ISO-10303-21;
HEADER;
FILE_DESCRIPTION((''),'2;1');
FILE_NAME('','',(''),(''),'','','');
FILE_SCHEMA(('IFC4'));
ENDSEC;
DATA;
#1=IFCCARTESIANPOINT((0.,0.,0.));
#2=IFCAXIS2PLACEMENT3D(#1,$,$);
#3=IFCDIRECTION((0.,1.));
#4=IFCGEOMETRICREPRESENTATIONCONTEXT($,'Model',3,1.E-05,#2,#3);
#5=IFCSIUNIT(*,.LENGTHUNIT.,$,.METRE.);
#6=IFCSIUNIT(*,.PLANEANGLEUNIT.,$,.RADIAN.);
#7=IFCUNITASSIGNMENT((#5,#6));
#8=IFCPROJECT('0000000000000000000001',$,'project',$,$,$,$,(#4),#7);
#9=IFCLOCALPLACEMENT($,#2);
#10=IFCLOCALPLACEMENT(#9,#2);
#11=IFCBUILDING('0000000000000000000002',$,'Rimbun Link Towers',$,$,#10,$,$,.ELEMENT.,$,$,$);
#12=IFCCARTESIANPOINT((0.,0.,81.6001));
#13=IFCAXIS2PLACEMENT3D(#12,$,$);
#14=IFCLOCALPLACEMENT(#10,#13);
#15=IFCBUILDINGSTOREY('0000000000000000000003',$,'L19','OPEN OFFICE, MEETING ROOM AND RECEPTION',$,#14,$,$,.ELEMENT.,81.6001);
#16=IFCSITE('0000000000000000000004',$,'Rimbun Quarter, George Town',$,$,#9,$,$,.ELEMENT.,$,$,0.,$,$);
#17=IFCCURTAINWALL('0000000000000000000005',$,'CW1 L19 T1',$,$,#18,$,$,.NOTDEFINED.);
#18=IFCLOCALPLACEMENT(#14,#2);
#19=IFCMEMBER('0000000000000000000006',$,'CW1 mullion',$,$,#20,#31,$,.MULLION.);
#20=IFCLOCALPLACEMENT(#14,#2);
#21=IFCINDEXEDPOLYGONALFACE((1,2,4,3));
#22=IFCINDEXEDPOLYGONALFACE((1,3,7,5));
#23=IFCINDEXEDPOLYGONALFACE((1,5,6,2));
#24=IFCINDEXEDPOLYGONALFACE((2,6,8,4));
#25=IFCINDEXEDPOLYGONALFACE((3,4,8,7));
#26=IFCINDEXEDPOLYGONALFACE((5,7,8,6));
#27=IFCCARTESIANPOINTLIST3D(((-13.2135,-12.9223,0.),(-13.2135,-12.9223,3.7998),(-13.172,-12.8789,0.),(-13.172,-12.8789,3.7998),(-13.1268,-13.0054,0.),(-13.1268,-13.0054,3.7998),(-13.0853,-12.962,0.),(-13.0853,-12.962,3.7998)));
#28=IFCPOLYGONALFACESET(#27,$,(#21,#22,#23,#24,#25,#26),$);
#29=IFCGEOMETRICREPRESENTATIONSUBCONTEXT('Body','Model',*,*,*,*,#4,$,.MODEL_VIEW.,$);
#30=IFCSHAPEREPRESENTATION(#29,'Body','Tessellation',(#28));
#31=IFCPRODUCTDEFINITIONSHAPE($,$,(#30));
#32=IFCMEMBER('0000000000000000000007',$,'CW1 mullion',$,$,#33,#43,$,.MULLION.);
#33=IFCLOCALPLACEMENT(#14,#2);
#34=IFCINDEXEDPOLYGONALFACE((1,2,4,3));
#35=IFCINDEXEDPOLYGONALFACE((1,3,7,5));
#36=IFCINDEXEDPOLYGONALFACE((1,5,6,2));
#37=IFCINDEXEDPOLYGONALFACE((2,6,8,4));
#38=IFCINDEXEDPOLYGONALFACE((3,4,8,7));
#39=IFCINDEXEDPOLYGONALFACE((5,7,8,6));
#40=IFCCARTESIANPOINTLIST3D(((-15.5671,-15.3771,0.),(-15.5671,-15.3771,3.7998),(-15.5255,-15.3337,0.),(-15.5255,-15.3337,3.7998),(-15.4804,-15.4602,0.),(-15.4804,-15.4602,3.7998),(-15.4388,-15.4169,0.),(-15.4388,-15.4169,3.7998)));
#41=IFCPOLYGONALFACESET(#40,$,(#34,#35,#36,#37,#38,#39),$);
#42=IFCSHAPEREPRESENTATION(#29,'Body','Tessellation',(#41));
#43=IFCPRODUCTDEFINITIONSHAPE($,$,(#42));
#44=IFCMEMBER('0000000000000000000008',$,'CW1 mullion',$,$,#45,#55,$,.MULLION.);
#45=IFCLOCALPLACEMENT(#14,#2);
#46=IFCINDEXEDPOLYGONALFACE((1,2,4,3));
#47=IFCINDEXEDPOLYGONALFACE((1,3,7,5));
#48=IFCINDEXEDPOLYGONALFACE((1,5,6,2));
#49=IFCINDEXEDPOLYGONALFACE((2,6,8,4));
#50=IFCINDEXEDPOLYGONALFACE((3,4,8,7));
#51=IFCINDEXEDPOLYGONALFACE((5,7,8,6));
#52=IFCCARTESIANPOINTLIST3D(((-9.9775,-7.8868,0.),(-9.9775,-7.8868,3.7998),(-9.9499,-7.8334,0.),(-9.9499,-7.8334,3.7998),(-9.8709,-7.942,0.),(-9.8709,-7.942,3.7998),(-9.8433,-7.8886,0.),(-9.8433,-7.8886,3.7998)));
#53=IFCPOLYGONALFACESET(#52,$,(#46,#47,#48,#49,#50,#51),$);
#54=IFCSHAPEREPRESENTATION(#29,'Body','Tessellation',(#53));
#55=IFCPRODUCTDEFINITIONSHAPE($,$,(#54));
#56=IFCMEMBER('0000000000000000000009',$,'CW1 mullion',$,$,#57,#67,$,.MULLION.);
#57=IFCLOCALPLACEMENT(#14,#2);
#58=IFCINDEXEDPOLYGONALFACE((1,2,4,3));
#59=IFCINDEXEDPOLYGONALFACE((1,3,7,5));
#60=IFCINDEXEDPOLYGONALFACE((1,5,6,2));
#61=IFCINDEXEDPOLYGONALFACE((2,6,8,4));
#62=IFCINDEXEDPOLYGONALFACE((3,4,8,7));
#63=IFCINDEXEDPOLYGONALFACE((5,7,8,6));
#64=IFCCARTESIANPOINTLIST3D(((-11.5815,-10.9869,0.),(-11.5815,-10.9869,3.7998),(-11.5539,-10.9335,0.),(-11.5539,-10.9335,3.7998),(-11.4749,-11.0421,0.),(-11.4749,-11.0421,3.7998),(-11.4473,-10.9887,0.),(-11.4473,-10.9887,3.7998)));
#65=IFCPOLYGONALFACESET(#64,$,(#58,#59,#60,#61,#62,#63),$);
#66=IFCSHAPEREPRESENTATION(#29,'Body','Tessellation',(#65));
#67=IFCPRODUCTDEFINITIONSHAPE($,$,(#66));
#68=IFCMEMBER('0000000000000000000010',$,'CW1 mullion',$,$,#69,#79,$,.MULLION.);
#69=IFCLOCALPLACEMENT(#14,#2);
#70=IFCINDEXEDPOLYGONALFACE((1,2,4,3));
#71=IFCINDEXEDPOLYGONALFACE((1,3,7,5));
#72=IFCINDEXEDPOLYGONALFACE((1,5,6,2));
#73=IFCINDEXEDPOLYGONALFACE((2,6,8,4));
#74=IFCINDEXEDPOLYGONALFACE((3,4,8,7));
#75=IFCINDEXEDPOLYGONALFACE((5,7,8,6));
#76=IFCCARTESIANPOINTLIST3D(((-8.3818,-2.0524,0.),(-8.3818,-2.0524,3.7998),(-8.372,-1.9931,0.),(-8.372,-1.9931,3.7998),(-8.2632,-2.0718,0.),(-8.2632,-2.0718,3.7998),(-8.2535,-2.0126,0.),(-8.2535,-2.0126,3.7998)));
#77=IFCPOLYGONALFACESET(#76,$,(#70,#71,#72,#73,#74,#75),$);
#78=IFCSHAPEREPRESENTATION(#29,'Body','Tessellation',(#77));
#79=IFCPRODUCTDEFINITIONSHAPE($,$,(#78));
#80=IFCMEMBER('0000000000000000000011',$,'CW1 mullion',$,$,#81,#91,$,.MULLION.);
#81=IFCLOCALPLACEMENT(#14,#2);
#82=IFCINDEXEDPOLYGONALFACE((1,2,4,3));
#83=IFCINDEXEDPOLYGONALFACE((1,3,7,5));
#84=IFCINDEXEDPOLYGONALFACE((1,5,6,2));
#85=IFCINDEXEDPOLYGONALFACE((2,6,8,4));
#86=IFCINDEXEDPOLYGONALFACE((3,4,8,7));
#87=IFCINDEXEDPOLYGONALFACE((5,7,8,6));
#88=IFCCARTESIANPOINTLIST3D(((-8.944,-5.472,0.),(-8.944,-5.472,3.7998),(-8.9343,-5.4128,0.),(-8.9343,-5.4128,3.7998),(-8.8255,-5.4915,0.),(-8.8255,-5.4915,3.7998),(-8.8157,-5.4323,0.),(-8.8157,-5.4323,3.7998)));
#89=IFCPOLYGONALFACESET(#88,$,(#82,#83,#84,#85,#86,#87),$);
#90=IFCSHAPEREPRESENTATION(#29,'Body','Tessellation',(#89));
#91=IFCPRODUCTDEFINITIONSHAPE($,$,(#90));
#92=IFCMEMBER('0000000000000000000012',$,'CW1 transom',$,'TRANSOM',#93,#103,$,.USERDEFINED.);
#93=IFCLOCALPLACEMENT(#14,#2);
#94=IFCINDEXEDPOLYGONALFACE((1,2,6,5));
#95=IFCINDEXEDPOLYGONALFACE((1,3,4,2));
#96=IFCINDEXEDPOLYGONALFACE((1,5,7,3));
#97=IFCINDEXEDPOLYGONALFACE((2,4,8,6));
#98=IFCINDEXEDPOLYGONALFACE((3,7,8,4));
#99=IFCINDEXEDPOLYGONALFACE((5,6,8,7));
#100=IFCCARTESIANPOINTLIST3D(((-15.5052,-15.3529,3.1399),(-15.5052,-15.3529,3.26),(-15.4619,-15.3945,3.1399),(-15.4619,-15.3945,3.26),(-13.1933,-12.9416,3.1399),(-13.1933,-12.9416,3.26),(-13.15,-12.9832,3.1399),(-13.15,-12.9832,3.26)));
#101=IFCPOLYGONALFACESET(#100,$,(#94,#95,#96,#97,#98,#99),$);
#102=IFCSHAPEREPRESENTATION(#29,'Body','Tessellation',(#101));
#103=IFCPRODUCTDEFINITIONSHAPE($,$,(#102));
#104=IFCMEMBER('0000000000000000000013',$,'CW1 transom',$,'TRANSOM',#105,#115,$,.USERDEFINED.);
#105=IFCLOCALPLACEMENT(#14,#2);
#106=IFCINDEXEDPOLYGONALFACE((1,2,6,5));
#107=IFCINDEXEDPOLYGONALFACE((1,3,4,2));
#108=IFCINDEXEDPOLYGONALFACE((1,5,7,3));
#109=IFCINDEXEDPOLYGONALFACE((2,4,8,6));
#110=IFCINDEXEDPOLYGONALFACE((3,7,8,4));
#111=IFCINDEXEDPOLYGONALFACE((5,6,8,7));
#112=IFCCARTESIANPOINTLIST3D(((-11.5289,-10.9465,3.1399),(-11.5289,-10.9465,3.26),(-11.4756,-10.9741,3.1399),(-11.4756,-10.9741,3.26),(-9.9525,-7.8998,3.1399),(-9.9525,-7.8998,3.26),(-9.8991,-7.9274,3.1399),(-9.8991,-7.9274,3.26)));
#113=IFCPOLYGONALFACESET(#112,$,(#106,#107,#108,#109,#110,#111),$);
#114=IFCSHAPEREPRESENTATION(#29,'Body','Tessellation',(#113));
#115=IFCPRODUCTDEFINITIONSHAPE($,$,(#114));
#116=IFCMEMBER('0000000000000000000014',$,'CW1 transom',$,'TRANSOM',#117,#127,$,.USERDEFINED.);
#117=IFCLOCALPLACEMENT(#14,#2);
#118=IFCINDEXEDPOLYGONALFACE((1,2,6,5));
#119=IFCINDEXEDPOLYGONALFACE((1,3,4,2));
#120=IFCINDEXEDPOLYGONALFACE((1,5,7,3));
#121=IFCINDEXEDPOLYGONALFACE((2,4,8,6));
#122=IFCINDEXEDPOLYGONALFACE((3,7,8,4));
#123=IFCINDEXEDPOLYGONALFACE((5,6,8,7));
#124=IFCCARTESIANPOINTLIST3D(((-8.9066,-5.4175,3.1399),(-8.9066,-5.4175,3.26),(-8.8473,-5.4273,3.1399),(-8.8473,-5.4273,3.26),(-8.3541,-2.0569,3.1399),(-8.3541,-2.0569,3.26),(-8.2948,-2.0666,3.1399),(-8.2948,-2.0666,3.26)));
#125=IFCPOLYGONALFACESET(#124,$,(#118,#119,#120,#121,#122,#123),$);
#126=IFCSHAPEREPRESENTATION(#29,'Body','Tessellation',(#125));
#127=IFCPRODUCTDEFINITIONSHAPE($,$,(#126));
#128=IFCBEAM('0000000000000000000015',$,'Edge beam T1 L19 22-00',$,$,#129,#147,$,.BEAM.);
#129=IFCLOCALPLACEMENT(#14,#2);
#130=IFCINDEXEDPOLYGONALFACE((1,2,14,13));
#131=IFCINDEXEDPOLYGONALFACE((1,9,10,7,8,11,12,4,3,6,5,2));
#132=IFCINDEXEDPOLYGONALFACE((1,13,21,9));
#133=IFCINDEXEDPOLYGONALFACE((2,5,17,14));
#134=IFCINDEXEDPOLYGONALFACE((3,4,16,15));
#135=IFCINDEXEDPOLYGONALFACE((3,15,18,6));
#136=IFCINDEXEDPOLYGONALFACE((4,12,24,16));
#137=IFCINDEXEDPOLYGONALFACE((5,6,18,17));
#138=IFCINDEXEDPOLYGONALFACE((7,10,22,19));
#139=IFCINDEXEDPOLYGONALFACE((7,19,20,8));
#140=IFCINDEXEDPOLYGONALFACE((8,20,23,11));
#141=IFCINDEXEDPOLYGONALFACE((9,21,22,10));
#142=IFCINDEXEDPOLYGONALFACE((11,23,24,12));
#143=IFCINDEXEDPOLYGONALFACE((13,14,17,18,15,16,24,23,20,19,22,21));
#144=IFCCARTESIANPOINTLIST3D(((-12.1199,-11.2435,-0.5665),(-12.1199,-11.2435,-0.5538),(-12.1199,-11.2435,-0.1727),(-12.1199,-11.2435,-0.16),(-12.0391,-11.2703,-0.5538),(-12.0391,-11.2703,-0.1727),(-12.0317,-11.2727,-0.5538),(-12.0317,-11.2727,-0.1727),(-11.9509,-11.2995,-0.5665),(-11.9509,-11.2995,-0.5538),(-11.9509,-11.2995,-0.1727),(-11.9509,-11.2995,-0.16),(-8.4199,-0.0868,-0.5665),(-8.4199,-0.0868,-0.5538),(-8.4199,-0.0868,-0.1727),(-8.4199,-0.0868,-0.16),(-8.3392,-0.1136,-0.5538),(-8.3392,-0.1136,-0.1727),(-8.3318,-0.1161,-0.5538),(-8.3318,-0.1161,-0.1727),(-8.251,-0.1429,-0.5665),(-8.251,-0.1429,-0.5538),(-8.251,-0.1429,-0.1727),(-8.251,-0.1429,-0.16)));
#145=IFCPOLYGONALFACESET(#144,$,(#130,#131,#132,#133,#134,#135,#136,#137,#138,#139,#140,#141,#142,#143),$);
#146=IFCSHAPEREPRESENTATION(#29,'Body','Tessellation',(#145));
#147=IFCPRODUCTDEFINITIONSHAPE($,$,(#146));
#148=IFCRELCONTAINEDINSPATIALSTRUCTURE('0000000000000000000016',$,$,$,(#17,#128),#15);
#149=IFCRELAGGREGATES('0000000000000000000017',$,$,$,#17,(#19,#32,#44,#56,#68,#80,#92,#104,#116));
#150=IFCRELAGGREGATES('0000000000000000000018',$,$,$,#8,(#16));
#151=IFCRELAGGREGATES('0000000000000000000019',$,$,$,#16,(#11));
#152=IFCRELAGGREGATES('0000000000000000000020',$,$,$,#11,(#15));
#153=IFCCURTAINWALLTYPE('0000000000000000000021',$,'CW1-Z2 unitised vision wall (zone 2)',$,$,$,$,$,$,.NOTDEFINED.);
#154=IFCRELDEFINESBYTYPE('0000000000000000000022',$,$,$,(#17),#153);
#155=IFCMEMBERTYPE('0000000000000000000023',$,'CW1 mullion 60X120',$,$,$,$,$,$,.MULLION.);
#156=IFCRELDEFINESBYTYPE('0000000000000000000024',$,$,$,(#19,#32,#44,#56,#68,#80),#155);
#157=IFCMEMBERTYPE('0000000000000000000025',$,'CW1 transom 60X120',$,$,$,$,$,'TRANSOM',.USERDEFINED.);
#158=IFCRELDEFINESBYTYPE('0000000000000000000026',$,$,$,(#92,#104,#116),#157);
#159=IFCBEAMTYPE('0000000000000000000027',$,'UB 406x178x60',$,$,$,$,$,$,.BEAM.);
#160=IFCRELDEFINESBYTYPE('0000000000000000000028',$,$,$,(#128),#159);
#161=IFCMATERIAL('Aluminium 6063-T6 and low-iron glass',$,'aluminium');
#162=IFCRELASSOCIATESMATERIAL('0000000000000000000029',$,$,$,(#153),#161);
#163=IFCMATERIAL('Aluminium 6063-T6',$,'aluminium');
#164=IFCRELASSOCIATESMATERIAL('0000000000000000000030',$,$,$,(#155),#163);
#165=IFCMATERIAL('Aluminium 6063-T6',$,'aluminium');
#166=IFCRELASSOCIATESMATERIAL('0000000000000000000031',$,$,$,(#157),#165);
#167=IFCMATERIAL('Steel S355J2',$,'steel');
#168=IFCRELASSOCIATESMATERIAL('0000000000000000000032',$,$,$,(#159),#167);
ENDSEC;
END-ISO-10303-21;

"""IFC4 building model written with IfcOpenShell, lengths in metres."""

from ifc_helpers import new_model, si_unit, direction, frame, origin, origin_2d, place, context, subcontext, project, spatial, rectangle, i_section, extrude, material, material_profile, profile_set, type_object, element, aggregate, save


model = new_model("IFC4")

# Units and contexts
model_context = context("Model", 3, precision=1e-05, world=origin(), true_north=direction((0.0, 1.0)))
body_context = subcontext(model_context, "Body", "Model", "MODEL_VIEW")
ifc_project = project(units=[si_unit("LENGTHUNIT", "METRE"), si_unit("PLANEANGLEUNIT", "RADIAN")], contexts=[model_context])

# Site, building, storey
site_placement = place(None, origin())
site = spatial("IfcSite", under=ifc_project, at=site_placement, Name="Rimbun Quarter, George Town", CompositionType="ELEMENT", RefElevation=0.0)
building_placement = place(site_placement, origin())
building = spatial("IfcBuilding", under=site, at=building_placement, Name="Rimbun Link Towers", CompositionType="ELEMENT")
storey_placement = place(building_placement, frame((0.0, 0.0, 81.6001)))
storey = spatial("IfcBuildingStorey", under=building, at=storey_placement, Name="L19", Description="OPEN OFFICE, MEETING ROOM AND RECEPTION", CompositionType="ELEMENT", Elevation=81.6001)

# Curtain wall, members
ifc_material_1 = material(Name="Aluminium 6063-T6 and low-iron glass", Category="aluminium")
curtain_wall_type = type_object("IfcCurtainWallType", Name="CW1-Z2 unitised vision wall (zone 2)", PredefinedType="NOTDEFINED", material=ifc_material_1)
curtain_wall_placement = place(storey_placement, origin())
curtain_wall = element("IfcCurtainWall", 1, at=curtain_wall_placement, inside=storey, type_object=curtain_wall_type, Name="CW1 L19 T1", PredefinedType="NOTDEFINED")
ifc_material_2 = material(Name="Aluminium 6063-T6", Category="aluminium")
ifc_material_profile_1 = material_profile(ifc_material_2, rectangle(XDim=0.1201, YDim=0.0601, at=origin_2d()), Name="MULLION 60X120")
ifc_profile_set_1 = profile_set([ifc_material_profile_1], Name="Aluminium 6063-T6")
member_type_1 = type_object("IfcMemberType", Name="CW1 mullion 60X120", PredefinedType="MULLION", material=ifc_profile_set_1)
member_1_placement = place(storey_placement, frame((-13.1494, -12.9421, 0.0), z_axis=(0.0, 0.0, 1.0), x_axis=(0.721839, -0.692061, 0.0)))
member_1 = element("IfcMember", 2, at=member_1_placement, type_object=member_type_1, Name="CW1 mullion", PredefinedType="MULLION", context=body_context, shape_type="SweptSolid", body=[
    extrude(rectangle(XDim=0.1201, YDim=0.0601, at=origin_2d()), origin(), (0.0, 0.0, 1.0), 3.7998),
])
member_2_placement = place(storey_placement, frame((-15.5029, -15.397, 0.0), z_axis=(0.0, 0.0, 1.0), x_axis=(0.721839, -0.692061, 0.0)))
member_2 = element("IfcMember", 3, at=member_2_placement, type_object=member_type_1, Name="CW1 mullion", PredefinedType="MULLION", context=body_context, shape_type="SweptSolid", body=[
    extrude(rectangle(XDim=0.1201, YDim=0.0601, at=origin_2d()), origin(), (0.0, 0.0, 1.0), 3.7998),
])
member_3_placement = place(storey_placement, frame((-9.9104, -7.8877, 0.0), z_axis=(0.0, 0.0, 1.0), x_axis=(0.888155, -0.459544, 0.0)))
member_3 = element("IfcMember", 4, at=member_3_placement, type_object=member_type_1, Name="CW1 mullion", PredefinedType="MULLION", context=body_context, shape_type="SweptSolid", body=[
    extrude(rectangle(XDim=0.1201, YDim=0.0601, at=origin_2d()), origin(), (0.0, 0.0, 1.0), 3.7998),
])
member_4_placement = place(storey_placement, frame((-11.5144, -10.9878, 0.0), z_axis=(0.0, 0.0, 1.0), x_axis=(0.888155, -0.459544, 0.0)))
member_4 = element("IfcMember", 5, at=member_4_placement, type_object=member_type_1, Name="CW1 mullion", PredefinedType="MULLION", context=body_context, shape_type="SweptSolid", body=[
    extrude(rectangle(XDim=0.1201, YDim=0.0601, at=origin_2d()), origin(), (0.0, 0.0, 1.0), 3.7998),
])
member_5_placement = place(storey_placement, frame((-8.3176, -2.0325, 0.0), z_axis=(0.0, 0.0, 1.0), x_axis=(0.986749, -0.162255, 0.0)))
member_5 = element("IfcMember", 6, at=member_5_placement, type_object=member_type_1, Name="CW1 mullion", PredefinedType="MULLION", context=body_context, shape_type="SweptSolid", body=[
    extrude(rectangle(XDim=0.1201, YDim=0.0601, at=origin_2d()), origin(), (0.0, 0.0, 1.0), 3.7998),
])
member_6_placement = place(storey_placement, frame((-8.8799, -5.4521, 0.0), z_axis=(0.0, 0.0, 1.0), x_axis=(0.986749, -0.162255, 0.0)))
member_6 = element("IfcMember", 7, at=member_6_placement, type_object=member_type_1, Name="CW1 mullion", PredefinedType="MULLION", context=body_context, shape_type="SweptSolid", body=[
    extrude(rectangle(XDim=0.1201, YDim=0.0601, at=origin_2d()), origin(), (0.0, 0.0, 1.0), 3.7998),
])
ifc_material_3 = material(Name="Aluminium 6063-T6", Category="aluminium")
ifc_material_profile_2 = material_profile(ifc_material_3, rectangle(XDim=0.0601, YDim=0.1201, at=origin_2d()), Name="TRANSOM 60X120")
ifc_profile_set_2 = profile_set([ifc_material_profile_2], Name="Aluminium 6063-T6")
member_type_2 = type_object("IfcMemberType", Name="CW1 transom 60X120", ElementType="TRANSOM", PredefinedType="USERDEFINED", material=ifc_profile_set_2)
member_7_placement = place(storey_placement, frame((-13.1716, -12.9624, 3.2), z_axis=(-0.692078, -0.721822, 0.0), x_axis=(0.721822, -0.692078, 0.0)))
member_7 = element("IfcMember", 8, at=member_7_placement, type_object=member_type_2, Name="CW1 transom", ObjectType="TRANSOM", PredefinedType="USERDEFINED", context=body_context, shape_type="SweptSolid", body=[
    extrude(rectangle(XDim=0.0601, YDim=0.1201, at=origin_2d()), origin(), (0.0, 0.0, 1.0), 3.3406),
])
member_8_placement = place(storey_placement, frame((-9.9258, -7.9136, 3.2), z_axis=(-0.459555, -0.88815, 0.0), x_axis=(0.88815, -0.459555, 0.0)))
member_8 = element("IfcMember", 9, at=member_8_placement, type_object=member_type_2, Name="CW1 transom", ObjectType="TRANSOM", PredefinedType="USERDEFINED", context=body_context, shape_type="SweptSolid", body=[
    extrude(rectangle(XDim=0.0601, YDim=0.1201, at=origin_2d()), origin(), (0.0, 0.0, 1.0), 3.4304),
])
member_9_placement = place(storey_placement, frame((-8.3245, -2.0618, 3.2), z_axis=(-0.162225, -0.986754, 0.0), x_axis=(0.986754, -0.162225, 0.0)))
member_9 = element("IfcMember", 10, at=member_9_placement, type_object=member_type_2, Name="CW1 transom", ObjectType="TRANSOM", PredefinedType="USERDEFINED", context=body_context, shape_type="SweptSolid", body=[
    extrude(rectangle(XDim=0.0601, YDim=0.1201, at=origin_2d()), origin(), (0.0, 0.0, 1.0), 3.4058),
])

# Beam
ifc_material_4 = material(Name="Steel S355J2", Category="steel")
ifc_material_profile_3 = material_profile(ifc_material_4, i_section(OverallWidth=0.178, OverallDepth=0.4065, WebThickness=0.0078, FlangeThickness=0.0127, at=origin_2d()), Name="UB 406x178x60")
ifc_profile_set_3 = profile_set([ifc_material_profile_3], Name="Steel S355J2")
beam_type = type_object("IfcBeamType", Name="UB 406x178x60", PredefinedType="BEAM", material=ifc_profile_set_3)
beam_placement = place(storey_placement, frame((-12.0354, -11.2715, -0.3633), z_axis=(0.314776, 0.949166, 0.0), x_axis=(-0.949166, 0.314776, 0.0)))
element("IfcBeam", 11, at=beam_placement, inside=storey, type_object=beam_type, Name="Edge beam T1 L19 22-00", PredefinedType="BEAM", context=body_context, shape_type="SweptSolid", body=[
    extrude(i_section(OverallWidth=0.178, OverallDepth=0.4065, WebThickness=0.0078, FlangeThickness=0.0127, at=origin_2d()), origin(), (0.0, 0.0, 1.0), 11.7542),
])

aggregate(curtain_wall, [member_1, member_2, member_3, member_4, member_5, member_6, member_7, member_8, member_9])

save(model, "model.ifc")
